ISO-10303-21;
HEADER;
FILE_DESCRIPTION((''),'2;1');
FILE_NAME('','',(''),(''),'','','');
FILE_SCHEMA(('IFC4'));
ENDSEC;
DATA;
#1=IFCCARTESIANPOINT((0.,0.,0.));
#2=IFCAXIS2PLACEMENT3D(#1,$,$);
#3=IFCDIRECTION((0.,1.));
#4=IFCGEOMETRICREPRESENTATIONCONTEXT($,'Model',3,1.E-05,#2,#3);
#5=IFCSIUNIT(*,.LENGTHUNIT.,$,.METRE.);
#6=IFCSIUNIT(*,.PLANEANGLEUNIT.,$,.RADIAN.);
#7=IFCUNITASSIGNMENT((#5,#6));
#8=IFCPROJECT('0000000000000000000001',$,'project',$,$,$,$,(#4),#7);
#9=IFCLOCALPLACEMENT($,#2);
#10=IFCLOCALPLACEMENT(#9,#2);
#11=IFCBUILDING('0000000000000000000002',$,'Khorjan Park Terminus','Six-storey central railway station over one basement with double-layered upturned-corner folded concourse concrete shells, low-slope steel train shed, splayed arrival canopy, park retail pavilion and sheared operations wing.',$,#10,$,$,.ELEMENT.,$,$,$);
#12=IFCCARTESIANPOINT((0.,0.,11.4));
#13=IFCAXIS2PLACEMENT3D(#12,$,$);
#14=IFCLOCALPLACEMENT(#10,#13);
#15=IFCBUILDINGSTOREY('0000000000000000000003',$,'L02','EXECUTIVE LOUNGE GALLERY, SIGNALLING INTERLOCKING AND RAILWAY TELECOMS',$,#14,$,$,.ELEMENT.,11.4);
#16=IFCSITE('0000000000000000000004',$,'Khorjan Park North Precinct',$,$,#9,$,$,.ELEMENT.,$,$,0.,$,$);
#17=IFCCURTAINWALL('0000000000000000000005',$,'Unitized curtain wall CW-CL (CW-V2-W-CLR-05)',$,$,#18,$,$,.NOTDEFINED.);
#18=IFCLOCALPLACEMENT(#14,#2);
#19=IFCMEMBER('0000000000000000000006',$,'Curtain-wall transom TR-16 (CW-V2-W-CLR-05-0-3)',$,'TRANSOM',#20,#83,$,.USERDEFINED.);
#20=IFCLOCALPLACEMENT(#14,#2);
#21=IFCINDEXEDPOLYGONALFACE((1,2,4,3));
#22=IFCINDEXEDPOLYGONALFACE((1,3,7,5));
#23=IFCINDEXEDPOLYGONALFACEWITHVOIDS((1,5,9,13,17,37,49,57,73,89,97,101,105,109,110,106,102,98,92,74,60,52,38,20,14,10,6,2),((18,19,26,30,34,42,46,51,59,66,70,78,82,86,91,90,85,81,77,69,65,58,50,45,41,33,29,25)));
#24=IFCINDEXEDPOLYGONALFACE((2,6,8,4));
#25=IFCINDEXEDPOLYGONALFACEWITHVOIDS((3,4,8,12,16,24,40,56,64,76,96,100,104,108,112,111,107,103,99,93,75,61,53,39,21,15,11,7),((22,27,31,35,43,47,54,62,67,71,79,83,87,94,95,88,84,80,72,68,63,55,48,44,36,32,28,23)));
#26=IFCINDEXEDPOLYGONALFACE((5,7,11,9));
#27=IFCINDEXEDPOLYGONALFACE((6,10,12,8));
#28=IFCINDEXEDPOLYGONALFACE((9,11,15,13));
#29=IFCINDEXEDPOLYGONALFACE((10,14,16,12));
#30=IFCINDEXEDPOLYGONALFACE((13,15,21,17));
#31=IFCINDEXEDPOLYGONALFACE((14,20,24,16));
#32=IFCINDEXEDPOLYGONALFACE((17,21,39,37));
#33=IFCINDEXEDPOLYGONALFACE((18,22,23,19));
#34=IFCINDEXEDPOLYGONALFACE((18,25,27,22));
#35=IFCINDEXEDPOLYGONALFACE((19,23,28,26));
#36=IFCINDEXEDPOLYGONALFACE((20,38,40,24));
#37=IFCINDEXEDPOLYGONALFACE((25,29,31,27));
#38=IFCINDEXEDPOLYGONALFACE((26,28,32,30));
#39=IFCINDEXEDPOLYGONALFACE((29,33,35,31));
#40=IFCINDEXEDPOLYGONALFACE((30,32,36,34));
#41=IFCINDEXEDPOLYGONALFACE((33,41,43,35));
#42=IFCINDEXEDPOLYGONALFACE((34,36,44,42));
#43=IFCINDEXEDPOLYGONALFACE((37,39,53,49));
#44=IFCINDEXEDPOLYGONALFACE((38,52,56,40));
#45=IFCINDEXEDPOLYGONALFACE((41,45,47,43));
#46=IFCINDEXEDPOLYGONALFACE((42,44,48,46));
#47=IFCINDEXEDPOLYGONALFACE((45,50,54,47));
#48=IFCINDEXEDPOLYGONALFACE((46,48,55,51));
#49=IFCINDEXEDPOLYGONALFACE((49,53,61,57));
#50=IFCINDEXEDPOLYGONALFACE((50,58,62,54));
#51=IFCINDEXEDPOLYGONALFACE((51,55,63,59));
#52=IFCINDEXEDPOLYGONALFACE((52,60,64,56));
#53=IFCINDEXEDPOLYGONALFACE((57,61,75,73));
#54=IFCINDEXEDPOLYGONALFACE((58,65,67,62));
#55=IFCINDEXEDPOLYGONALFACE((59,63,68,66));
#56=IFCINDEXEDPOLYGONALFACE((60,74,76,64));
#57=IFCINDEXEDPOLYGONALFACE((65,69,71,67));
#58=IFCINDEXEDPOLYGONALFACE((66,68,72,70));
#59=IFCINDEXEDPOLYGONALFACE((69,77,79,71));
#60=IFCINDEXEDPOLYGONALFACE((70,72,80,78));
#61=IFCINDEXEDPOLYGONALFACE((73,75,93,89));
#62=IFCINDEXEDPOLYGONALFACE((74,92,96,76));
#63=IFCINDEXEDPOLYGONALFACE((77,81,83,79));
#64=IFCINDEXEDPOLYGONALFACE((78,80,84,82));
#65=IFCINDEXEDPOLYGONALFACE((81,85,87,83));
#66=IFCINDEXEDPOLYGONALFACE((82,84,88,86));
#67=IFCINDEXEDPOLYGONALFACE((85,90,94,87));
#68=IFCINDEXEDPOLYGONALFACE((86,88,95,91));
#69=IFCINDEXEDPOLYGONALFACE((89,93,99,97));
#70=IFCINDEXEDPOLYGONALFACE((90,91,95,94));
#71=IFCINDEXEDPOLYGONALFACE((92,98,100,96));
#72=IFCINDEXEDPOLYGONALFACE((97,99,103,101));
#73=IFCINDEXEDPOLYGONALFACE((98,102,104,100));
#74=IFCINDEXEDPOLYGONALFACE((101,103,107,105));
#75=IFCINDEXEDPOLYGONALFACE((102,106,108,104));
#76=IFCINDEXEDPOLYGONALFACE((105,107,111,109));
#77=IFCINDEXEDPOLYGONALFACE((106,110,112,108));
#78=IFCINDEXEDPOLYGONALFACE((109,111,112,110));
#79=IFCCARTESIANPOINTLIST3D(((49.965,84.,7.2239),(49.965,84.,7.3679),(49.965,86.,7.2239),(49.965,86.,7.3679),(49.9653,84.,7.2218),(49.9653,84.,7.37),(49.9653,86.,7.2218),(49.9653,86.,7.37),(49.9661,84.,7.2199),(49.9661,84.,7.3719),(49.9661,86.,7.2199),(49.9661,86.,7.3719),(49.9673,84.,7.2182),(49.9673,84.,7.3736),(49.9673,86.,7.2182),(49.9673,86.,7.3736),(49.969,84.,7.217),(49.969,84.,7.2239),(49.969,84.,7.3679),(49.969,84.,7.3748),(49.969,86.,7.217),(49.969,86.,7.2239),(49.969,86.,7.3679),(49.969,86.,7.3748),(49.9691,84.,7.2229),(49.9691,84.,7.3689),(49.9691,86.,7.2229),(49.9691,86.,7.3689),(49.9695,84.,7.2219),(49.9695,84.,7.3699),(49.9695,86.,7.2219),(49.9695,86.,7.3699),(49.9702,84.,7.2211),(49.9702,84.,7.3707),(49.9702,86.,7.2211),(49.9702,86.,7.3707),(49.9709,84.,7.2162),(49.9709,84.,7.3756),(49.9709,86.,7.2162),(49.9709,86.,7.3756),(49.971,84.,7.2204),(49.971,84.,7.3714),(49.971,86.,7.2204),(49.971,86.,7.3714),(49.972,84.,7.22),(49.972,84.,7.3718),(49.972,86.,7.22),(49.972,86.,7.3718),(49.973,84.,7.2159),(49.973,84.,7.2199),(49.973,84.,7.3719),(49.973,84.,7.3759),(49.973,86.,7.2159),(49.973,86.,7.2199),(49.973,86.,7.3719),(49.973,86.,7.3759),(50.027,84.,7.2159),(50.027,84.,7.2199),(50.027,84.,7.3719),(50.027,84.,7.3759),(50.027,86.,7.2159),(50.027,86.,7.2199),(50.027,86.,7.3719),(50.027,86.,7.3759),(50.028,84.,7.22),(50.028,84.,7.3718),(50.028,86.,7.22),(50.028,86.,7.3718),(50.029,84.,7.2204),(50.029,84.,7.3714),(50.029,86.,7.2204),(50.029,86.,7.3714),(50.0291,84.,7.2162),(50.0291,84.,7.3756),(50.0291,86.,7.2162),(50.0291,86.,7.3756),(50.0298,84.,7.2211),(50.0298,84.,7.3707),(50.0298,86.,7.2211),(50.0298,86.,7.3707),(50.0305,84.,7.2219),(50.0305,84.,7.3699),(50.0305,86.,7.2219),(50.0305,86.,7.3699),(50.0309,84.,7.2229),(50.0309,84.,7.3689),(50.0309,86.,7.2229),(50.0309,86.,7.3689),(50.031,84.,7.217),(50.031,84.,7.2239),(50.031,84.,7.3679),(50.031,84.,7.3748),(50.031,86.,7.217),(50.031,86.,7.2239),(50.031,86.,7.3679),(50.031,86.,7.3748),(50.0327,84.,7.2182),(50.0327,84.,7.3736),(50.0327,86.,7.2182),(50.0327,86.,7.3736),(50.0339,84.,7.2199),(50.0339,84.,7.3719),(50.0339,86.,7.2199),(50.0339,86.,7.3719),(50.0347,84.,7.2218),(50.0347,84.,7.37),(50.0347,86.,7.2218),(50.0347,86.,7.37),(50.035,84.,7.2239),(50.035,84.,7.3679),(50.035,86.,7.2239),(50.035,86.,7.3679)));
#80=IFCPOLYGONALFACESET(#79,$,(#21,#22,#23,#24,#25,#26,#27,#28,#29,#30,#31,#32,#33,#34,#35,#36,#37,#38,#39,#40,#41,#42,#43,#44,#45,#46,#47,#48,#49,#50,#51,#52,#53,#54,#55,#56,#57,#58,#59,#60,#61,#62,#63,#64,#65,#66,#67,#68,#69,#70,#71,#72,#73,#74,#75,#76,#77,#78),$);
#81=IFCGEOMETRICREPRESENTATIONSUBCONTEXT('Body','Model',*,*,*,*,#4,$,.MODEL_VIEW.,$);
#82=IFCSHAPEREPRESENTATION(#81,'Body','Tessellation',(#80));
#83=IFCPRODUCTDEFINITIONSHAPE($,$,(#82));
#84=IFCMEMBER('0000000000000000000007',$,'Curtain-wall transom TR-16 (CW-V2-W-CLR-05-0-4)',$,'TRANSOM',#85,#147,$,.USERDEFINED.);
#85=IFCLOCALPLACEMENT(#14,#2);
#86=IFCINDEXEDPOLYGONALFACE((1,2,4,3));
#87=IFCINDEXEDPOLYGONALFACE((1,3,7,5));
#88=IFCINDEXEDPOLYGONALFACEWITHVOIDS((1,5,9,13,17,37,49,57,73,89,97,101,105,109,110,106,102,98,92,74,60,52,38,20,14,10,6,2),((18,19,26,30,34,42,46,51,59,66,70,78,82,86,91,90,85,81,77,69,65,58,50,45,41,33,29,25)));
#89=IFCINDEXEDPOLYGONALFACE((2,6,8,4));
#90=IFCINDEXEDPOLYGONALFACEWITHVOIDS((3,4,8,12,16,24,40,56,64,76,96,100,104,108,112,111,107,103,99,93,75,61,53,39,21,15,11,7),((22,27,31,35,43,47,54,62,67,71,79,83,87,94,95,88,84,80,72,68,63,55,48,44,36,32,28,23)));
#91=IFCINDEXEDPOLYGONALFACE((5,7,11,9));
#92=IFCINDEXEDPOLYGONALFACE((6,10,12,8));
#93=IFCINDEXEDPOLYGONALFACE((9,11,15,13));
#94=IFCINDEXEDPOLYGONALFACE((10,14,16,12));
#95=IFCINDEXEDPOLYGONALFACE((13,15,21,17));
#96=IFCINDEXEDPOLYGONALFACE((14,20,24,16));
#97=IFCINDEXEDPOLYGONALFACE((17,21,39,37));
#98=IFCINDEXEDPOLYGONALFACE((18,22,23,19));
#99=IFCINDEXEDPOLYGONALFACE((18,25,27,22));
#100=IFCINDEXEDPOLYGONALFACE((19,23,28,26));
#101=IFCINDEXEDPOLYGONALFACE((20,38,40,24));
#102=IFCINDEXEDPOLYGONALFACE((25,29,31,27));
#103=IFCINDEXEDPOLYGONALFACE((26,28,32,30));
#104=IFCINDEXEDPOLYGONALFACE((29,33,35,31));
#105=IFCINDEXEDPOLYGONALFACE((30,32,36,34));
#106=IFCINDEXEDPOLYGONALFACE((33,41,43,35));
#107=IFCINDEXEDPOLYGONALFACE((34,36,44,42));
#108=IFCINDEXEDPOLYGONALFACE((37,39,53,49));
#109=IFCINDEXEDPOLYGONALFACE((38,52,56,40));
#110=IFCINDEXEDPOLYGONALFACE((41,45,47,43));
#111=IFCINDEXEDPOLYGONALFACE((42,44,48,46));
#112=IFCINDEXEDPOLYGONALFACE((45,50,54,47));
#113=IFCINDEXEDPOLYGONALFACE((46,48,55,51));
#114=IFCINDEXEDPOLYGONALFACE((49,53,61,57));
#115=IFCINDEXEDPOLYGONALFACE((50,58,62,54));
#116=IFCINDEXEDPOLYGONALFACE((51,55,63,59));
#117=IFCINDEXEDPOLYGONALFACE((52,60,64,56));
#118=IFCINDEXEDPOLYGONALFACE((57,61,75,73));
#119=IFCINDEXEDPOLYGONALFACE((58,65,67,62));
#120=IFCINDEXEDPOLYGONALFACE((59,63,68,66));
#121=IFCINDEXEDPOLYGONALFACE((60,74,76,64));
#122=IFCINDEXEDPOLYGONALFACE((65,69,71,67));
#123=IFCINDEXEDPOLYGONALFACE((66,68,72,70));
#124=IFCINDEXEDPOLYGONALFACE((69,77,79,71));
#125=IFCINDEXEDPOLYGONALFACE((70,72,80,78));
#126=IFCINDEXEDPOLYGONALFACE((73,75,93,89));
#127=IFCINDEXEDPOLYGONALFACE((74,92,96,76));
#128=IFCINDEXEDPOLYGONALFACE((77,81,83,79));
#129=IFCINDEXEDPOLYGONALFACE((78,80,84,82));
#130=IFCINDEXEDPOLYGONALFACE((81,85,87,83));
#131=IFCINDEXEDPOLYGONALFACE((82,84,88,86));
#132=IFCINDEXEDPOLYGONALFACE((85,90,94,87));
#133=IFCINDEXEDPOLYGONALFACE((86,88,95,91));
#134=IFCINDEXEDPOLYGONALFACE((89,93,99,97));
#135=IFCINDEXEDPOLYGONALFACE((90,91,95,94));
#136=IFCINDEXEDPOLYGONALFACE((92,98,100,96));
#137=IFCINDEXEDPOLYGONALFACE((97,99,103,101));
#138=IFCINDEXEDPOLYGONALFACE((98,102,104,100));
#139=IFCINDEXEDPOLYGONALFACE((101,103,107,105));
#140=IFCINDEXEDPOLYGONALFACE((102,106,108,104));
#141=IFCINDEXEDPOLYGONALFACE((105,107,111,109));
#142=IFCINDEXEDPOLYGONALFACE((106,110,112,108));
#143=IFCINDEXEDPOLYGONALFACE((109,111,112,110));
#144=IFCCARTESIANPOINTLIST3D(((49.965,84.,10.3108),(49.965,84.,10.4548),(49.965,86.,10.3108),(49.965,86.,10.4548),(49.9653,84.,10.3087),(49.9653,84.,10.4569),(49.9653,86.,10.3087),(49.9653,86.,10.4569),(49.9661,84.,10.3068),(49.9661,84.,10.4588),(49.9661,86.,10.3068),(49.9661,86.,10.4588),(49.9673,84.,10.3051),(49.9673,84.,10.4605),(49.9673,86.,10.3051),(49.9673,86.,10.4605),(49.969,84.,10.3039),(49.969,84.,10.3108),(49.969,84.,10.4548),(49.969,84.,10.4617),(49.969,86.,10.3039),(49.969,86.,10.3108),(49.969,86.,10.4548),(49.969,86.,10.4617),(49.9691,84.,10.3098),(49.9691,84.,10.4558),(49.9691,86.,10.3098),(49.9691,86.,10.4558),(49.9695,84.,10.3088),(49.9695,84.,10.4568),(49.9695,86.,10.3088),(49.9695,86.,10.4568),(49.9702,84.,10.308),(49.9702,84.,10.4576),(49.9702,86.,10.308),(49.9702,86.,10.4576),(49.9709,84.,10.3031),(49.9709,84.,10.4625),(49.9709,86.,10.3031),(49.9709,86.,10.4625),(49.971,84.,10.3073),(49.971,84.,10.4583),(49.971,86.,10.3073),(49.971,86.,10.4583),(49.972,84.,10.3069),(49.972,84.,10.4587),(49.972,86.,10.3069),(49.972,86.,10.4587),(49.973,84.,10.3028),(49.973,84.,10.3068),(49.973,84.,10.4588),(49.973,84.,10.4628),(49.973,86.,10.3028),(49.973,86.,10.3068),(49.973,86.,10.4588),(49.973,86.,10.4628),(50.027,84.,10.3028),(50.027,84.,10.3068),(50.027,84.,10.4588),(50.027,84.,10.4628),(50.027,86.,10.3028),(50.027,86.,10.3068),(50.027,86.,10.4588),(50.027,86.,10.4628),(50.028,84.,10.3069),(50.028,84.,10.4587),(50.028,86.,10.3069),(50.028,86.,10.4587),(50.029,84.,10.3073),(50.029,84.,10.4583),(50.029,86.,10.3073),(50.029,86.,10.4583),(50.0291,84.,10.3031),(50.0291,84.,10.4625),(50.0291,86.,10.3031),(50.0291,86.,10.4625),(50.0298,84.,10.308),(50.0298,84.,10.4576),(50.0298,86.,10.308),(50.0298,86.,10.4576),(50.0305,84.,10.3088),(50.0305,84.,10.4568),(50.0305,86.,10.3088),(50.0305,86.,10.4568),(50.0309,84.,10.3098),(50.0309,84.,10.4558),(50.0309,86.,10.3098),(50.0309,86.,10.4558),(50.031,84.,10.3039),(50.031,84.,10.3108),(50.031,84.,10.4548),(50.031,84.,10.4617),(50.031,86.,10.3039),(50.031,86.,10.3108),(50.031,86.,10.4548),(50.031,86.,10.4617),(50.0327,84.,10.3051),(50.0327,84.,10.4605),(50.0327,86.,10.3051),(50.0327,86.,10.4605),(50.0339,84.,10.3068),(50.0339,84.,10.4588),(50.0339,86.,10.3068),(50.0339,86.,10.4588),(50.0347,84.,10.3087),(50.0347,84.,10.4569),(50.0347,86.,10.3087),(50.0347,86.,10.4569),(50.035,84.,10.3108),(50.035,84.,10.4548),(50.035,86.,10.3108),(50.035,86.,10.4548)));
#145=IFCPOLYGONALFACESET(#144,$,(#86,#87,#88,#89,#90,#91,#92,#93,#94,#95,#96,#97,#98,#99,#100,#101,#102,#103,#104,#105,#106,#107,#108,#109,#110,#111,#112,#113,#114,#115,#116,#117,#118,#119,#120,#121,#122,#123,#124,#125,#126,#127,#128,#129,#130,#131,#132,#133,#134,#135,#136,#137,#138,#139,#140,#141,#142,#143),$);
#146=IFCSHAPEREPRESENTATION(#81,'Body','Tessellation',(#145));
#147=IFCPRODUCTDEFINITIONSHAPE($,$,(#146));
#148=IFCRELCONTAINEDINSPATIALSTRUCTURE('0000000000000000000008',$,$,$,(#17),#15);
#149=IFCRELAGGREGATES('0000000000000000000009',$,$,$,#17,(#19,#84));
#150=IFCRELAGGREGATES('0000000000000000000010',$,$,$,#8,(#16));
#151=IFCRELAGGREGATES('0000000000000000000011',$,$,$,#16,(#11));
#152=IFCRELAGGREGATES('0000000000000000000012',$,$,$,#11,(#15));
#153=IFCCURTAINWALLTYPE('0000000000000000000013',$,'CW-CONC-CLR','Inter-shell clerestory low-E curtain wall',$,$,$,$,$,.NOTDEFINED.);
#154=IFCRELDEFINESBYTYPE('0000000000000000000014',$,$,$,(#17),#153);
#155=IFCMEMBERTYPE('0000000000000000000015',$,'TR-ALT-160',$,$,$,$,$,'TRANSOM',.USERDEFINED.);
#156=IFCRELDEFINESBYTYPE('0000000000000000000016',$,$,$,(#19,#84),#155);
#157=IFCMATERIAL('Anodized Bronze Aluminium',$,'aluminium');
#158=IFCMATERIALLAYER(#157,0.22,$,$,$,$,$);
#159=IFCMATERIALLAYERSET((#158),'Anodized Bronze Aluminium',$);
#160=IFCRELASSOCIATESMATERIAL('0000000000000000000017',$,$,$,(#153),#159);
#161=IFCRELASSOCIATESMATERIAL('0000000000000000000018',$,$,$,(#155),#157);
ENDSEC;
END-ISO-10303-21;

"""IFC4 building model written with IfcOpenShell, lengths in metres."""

from ifc_helpers import new_model, si_unit, direction, frame, origin, origin_2d, place, context, subcontext, project, spatial, hollow_rectangle, extrude, material, layer, layer_set, material_profile, profile_set, type_object, element, aggregate, save


model = new_model("IFC4")

# Units and contexts
model_context = context("Model", 3, precision=1e-05, world=origin(), true_north=direction((0.0, 1.0)))
body_context = subcontext(model_context, "Body", "Model", "MODEL_VIEW")
ifc_project = project(units=[si_unit("LENGTHUNIT", "METRE"), si_unit("PLANEANGLEUNIT", "RADIAN")], contexts=[model_context])

# Site, building, storey
site_placement = place(None, origin())
site = spatial("IfcSite", under=ifc_project, at=site_placement, Name="Khorjan Park North Precinct", CompositionType="ELEMENT", RefElevation=0.0)
building_placement = place(site_placement, origin())
building = spatial("IfcBuilding", under=site, at=building_placement, Name="Khorjan Park Terminus", Description="Six-storey central railway station over one basement with double-layered upturned-corner folded concourse concrete shells, low-slope steel train shed, splayed arrival canopy, park retail pavilion and sheared operations wing.", CompositionType="ELEMENT")
storey_placement = place(building_placement, frame((0.0, 0.0, 11.4)))
storey = spatial("IfcBuildingStorey", under=building, at=storey_placement, Name="L02", Description="EXECUTIVE LOUNGE GALLERY, SIGNALLING INTERLOCKING AND RAILWAY TELECOMS", CompositionType="ELEMENT", Elevation=11.4)

# Curtain wall, members
ifc_material_1 = material(Name="Anodized Bronze Aluminium", Category="aluminium")
ifc_layer_1 = layer(ifc_material_1, 0.22)
ifc_layer_set_1 = layer_set([ifc_layer_1], Name="Anodized Bronze Aluminium")
curtain_wall_type = type_object("IfcCurtainWallType", Name="CW-CONC-CLR", Description="Inter-shell clerestory low-E curtain wall", PredefinedType="NOTDEFINED", material=ifc_layer_set_1)
ifc_material_profile_1 = material_profile(ifc_material_1, hollow_rectangle(XDim=0.07, YDim=0.16, WallThickness=0.004, InnerFilletRadius=0.004, OuterFilletRadius=0.008, at=origin_2d()), Name="ALT 70x160x4")
ifc_profile_set_1 = profile_set([ifc_material_profile_1], Name="Anodized Bronze Aluminium")
member_type_1 = type_object("IfcMemberType", Name="TR-ALT-160", ElementType="TRANSOM", PredefinedType="USERDEFINED", material=ifc_profile_set_1)
curtain_wall_1_placement = place(storey_placement, origin())
curtain_wall_1 = element("IfcCurtainWall", 1, at=curtain_wall_1_placement, inside=storey, type_object=curtain_wall_type, Name="Unitized curtain wall CW-CL (CW-V2-W-CLR-05)", PredefinedType="NOTDEFINED")
member_1_placement = place(storey_placement, frame((50.0, 86.0, 7.2959), z_axis=(0.0, -1.0, 0.0), x_axis=(1.0, 0.0, 0.0)))
member_1 = element("IfcMember", 2, at=member_1_placement, type_object=member_type_1, Name="Curtain-wall transom TR-16 (CW-V2-W-CLR-05-0-3)", ObjectType="TRANSOM", PredefinedType="USERDEFINED", context=body_context, shape_type="SweptSolid", body=[
    extrude(hollow_rectangle(XDim=0.07, YDim=0.16, WallThickness=0.004, InnerFilletRadius=0.004, OuterFilletRadius=0.008, at=origin_2d()), origin(), (0.0, 0.0, 1.0), 2.0),
])
member_2_placement = place(storey_placement, frame((50.0, 86.0, 10.3828), z_axis=(0.0, -1.0, 0.0), x_axis=(1.0, 0.0, 0.0)))
member_2 = element("IfcMember", 3, at=member_2_placement, type_object=member_type_1, Name="Curtain-wall transom TR-16 (CW-V2-W-CLR-05-0-4)", ObjectType="TRANSOM", PredefinedType="USERDEFINED", context=body_context, shape_type="SweptSolid", body=[
    extrude(hollow_rectangle(XDim=0.07, YDim=0.16, WallThickness=0.004, InnerFilletRadius=0.004, OuterFilletRadius=0.008, at=origin_2d()), origin(), (0.0, 0.0, 1.0), 2.0),
])

aggregate(curtain_wall_1, [member_1, member_2])

save(model, "model.ifc")
